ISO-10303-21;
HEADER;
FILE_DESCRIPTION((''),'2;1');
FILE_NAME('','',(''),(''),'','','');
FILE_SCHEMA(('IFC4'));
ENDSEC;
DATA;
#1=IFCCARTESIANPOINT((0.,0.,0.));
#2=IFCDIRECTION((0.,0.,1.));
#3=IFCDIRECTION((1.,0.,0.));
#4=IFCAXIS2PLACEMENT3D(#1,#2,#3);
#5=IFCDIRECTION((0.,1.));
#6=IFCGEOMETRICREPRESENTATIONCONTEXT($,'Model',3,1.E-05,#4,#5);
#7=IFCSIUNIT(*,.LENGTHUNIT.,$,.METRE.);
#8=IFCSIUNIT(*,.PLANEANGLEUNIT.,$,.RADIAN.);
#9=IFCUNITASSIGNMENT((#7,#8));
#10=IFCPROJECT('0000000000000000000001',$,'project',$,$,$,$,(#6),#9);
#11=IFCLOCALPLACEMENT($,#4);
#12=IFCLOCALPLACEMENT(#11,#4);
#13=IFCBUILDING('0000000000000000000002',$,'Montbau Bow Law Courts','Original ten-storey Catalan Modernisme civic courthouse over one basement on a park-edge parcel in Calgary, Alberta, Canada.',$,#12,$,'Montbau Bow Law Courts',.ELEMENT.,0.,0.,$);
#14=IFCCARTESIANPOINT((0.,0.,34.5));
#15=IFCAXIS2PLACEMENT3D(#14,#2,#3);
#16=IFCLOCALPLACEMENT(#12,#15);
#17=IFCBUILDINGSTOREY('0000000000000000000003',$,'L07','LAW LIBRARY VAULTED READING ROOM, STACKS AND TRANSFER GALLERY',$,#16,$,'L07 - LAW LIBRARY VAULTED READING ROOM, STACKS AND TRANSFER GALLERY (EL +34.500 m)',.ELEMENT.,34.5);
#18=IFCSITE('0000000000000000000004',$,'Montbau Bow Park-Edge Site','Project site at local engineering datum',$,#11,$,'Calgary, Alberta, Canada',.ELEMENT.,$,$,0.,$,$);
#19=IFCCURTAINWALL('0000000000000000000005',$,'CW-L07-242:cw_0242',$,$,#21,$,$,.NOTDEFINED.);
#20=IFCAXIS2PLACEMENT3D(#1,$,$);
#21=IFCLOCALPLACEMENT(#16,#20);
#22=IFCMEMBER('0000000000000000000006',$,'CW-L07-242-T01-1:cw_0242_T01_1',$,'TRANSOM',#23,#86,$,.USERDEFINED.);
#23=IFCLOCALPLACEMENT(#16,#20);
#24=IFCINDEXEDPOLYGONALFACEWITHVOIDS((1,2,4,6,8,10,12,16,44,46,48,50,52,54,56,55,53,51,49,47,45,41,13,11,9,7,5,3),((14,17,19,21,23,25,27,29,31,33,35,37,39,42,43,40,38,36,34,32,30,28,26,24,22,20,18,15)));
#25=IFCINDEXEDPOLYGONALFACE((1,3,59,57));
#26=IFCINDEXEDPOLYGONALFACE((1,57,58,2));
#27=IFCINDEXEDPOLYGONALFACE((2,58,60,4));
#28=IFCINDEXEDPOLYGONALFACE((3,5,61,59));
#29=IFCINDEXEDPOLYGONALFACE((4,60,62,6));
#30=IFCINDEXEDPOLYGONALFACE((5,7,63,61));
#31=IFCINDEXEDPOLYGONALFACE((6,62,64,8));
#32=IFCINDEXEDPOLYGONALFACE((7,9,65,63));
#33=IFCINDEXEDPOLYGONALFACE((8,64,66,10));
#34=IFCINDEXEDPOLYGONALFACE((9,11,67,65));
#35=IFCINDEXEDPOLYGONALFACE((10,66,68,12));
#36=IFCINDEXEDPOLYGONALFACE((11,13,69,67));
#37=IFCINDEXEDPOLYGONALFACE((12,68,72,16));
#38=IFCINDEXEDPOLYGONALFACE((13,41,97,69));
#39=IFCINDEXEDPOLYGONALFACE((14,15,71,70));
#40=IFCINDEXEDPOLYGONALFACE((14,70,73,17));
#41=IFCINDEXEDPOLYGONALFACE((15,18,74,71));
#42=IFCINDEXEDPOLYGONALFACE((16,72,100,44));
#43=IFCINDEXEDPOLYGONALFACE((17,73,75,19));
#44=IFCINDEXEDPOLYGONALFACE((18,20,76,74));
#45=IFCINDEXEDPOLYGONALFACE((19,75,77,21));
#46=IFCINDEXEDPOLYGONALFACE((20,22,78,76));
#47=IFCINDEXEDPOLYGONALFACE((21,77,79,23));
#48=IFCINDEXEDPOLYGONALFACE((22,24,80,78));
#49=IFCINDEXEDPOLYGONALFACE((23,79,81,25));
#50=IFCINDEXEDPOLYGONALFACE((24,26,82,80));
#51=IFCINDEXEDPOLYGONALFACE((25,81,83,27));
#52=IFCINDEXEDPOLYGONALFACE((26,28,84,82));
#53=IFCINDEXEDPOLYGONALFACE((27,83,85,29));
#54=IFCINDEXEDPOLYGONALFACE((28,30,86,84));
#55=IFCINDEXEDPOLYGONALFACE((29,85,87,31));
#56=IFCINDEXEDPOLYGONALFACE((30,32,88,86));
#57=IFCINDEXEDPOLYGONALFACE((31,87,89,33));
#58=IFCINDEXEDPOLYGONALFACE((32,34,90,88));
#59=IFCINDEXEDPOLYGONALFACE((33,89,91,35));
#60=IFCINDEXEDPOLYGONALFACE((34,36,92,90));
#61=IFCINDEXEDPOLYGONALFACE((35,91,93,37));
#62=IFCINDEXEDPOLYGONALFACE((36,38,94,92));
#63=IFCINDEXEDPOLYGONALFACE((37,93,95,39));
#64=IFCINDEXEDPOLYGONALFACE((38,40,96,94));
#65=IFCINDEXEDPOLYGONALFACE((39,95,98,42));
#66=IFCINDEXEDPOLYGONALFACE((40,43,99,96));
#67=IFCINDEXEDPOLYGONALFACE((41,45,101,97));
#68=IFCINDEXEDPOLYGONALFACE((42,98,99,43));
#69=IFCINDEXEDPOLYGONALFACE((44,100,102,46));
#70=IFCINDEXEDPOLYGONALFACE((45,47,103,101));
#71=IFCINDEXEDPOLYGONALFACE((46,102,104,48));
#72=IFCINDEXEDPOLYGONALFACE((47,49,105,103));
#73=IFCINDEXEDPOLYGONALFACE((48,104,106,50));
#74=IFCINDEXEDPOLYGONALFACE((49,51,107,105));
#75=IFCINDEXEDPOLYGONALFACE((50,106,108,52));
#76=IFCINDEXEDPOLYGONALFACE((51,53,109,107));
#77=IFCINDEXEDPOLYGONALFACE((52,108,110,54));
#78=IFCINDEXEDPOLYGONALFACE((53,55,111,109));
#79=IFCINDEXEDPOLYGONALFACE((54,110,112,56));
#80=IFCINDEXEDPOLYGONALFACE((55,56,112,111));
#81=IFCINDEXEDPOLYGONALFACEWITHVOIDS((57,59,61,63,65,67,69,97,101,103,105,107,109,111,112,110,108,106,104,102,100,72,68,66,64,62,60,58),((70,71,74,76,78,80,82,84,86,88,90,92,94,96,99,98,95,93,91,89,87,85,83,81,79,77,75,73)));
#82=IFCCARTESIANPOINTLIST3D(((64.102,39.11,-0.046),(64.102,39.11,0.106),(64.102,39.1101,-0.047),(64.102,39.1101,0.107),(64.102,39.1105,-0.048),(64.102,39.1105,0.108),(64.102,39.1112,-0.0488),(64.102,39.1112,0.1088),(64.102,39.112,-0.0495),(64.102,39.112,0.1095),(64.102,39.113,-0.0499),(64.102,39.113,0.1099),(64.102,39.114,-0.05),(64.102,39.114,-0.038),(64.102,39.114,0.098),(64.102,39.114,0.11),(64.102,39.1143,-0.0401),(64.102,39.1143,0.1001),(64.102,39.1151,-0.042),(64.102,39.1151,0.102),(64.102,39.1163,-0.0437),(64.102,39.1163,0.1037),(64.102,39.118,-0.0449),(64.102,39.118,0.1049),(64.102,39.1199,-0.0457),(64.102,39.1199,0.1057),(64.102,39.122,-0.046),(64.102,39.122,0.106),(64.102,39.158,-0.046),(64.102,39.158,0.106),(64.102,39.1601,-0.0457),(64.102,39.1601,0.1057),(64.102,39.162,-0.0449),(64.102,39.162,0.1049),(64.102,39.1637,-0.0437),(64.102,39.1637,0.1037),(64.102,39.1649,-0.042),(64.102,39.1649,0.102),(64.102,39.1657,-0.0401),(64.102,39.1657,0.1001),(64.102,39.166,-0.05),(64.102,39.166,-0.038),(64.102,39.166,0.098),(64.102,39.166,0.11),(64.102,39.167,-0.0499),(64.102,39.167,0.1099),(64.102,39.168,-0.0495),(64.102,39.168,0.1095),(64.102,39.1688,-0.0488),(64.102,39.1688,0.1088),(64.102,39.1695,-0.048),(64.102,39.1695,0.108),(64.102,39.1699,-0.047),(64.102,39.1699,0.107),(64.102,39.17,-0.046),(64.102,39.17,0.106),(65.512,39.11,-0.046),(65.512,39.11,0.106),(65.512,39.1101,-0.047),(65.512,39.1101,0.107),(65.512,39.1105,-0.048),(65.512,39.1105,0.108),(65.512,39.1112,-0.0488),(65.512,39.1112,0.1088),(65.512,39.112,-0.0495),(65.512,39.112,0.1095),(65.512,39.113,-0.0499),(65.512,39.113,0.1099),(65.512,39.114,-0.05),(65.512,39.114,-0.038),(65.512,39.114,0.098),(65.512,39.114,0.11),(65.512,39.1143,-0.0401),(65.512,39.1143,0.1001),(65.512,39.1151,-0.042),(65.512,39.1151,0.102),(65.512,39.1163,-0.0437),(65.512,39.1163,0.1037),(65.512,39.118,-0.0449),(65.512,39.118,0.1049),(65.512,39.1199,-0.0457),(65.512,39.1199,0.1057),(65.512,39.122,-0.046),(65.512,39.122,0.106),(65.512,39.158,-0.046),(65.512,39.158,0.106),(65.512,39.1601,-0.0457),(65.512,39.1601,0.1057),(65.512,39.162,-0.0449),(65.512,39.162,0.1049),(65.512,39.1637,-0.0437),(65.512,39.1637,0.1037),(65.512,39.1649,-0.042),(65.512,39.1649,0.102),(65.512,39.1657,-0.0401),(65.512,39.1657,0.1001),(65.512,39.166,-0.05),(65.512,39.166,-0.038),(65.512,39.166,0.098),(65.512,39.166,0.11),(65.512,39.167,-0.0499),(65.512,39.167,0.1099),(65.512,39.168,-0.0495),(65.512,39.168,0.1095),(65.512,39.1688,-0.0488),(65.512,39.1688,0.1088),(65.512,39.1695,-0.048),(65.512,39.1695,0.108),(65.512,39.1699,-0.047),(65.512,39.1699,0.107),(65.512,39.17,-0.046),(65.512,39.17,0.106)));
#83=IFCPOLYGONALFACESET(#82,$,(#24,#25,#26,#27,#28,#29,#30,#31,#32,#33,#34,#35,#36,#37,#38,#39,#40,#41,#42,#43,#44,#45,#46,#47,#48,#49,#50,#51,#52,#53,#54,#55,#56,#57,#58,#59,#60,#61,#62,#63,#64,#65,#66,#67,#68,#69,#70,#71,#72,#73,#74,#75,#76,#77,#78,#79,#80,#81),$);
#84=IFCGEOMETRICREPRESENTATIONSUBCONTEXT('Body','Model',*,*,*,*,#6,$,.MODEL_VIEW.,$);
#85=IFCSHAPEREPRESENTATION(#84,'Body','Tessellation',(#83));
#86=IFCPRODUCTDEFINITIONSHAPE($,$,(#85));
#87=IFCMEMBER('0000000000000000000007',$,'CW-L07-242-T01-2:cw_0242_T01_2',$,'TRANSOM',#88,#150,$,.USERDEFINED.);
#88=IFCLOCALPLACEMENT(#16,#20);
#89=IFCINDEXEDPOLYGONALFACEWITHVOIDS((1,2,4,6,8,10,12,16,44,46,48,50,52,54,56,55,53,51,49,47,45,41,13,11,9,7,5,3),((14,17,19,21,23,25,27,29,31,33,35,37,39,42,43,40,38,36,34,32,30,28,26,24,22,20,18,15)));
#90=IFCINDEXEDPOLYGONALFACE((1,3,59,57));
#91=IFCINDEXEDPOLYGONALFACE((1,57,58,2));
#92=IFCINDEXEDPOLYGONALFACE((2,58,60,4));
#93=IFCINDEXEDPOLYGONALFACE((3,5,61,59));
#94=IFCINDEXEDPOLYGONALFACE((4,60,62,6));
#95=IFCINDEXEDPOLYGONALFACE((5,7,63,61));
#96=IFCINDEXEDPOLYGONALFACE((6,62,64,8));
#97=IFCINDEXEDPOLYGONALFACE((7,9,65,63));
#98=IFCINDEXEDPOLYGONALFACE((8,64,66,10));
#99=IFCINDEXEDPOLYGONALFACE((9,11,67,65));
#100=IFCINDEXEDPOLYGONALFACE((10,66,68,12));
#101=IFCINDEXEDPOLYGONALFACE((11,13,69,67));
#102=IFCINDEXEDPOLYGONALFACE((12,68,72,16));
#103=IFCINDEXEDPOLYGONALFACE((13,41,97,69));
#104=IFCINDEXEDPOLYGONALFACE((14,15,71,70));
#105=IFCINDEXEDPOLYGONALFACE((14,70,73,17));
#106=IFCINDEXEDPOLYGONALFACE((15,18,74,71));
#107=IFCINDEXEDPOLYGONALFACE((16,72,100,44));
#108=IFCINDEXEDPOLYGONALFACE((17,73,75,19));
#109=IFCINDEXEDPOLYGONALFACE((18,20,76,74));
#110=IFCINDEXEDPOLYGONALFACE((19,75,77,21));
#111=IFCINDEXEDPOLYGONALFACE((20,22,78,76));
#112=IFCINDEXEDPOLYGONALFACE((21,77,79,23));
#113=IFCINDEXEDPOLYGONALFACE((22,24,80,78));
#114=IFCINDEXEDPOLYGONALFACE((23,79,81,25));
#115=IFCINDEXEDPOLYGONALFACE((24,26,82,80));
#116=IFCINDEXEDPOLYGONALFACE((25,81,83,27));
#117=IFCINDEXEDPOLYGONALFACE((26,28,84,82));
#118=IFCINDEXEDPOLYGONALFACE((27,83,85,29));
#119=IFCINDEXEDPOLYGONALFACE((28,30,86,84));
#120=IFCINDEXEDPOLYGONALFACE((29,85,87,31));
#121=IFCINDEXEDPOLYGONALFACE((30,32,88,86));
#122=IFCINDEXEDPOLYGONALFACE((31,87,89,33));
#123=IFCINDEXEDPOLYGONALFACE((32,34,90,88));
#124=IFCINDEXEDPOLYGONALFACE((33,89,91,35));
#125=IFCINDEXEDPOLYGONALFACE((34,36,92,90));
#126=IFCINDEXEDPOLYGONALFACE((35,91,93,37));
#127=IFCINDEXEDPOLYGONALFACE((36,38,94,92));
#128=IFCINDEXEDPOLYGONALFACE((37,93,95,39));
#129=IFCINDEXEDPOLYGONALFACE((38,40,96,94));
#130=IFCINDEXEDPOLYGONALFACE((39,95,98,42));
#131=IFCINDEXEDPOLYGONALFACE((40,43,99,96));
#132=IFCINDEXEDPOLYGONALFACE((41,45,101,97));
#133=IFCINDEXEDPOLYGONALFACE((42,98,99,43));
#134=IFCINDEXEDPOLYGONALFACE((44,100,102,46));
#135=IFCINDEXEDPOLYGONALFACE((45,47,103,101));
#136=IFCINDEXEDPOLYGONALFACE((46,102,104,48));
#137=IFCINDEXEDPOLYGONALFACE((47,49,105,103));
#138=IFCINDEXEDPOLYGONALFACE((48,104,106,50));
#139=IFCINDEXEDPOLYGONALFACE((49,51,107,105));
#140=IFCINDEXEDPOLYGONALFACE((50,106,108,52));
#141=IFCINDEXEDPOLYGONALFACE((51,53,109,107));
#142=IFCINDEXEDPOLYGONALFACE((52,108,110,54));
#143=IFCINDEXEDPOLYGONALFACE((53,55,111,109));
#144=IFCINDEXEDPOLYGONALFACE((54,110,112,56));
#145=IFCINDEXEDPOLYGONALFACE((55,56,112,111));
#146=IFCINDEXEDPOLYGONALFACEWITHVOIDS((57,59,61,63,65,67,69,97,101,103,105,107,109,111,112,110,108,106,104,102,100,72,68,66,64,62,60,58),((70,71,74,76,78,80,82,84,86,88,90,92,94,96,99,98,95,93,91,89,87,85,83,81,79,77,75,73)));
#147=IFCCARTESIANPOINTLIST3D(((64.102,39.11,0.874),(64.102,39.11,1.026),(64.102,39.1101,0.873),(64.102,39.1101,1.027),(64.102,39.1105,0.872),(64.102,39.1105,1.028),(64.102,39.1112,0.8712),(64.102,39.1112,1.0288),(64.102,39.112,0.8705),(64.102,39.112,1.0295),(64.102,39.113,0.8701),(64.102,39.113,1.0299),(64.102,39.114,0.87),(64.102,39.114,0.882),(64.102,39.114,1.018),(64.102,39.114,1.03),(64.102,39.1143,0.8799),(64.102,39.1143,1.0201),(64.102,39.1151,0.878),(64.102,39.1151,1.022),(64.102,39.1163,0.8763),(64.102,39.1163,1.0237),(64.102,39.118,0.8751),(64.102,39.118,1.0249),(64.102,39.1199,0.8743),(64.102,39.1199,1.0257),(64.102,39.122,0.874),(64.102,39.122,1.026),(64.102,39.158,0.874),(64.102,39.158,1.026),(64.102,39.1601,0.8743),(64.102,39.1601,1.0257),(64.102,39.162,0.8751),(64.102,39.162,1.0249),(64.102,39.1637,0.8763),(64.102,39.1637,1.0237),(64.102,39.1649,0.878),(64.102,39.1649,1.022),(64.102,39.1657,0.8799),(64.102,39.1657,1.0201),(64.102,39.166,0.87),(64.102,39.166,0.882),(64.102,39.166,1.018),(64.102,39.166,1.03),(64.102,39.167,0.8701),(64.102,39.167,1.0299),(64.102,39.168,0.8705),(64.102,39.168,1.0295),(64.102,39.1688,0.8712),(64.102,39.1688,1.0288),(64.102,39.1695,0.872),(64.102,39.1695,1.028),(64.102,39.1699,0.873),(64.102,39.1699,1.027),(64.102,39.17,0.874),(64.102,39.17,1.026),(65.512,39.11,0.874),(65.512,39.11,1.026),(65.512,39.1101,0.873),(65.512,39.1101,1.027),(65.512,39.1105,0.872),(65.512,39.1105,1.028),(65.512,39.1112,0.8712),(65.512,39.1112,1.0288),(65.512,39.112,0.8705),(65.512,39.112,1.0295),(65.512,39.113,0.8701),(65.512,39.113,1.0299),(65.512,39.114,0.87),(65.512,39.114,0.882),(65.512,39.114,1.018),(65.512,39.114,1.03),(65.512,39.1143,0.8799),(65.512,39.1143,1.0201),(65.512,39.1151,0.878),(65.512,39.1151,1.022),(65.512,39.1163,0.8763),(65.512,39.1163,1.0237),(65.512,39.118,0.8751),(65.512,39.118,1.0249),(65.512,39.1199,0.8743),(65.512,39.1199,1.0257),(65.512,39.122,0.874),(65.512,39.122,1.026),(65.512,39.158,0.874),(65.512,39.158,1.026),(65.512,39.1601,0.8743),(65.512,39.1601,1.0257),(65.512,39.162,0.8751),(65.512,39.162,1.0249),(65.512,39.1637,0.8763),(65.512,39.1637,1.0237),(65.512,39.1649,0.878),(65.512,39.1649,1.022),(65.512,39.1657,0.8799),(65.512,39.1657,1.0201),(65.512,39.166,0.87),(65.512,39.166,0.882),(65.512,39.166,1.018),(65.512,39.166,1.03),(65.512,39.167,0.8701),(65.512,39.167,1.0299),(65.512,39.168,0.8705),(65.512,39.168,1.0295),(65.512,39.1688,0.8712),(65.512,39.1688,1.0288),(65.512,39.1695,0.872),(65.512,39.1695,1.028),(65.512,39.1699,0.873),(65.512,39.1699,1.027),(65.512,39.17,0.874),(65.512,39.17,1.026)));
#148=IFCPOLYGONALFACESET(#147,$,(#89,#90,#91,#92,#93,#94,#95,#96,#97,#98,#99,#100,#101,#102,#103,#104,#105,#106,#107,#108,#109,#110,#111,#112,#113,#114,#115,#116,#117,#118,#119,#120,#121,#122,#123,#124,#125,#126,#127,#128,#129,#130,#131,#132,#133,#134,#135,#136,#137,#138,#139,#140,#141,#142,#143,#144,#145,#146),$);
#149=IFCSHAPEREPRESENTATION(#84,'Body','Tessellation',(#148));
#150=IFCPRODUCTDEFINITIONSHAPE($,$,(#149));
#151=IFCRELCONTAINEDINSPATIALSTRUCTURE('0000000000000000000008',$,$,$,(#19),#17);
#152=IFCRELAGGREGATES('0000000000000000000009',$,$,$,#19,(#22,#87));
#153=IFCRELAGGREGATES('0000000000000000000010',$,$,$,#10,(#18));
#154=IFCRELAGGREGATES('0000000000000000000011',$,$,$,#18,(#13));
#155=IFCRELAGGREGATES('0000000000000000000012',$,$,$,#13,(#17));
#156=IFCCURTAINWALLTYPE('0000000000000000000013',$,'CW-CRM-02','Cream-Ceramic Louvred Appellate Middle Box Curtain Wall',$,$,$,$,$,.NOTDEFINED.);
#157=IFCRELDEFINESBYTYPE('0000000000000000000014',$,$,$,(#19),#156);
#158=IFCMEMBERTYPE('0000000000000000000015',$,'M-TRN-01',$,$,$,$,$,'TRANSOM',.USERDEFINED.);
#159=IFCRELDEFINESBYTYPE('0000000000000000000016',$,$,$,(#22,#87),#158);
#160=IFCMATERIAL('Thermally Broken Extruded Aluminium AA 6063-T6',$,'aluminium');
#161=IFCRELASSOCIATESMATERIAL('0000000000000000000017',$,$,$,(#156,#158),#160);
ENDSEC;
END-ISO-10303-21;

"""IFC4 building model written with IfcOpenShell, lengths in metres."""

from ifc_helpers import new_model, si_unit, direction, frame, origin_with_axes, origin_2d_with_axis, place, context, subcontext, project, spatial, hollow_rectangle, extrude, material, material_profile, profile_set, type_object, element, aggregate, save


model = new_model("IFC4")

# Units and contexts
model_context = context("Model", 3, precision=1e-05, world=origin_with_axes(), true_north=direction((0.0, 1.0)))
body_context = subcontext(model_context, "Body", "Model", "MODEL_VIEW")
ifc_project = project(units=[si_unit("LENGTHUNIT", "METRE"), si_unit("PLANEANGLEUNIT", "RADIAN")], contexts=[model_context])

# Site, building, storey
site_placement = place(None, origin_with_axes())
site = spatial("IfcSite", under=ifc_project, at=site_placement, Name="Montbau Bow Park-Edge Site", Description="Project site at local engineering datum", LongName="Calgary, Alberta, Canada", CompositionType="ELEMENT", RefElevation=0.0)
building_placement = place(site_placement, origin_with_axes())
building = spatial("IfcBuilding", under=site, at=building_placement, Name="Montbau Bow Law Courts", Description="Original ten-storey Catalan Modernisme civic courthouse over one basement on a park-edge parcel in Calgary, Alberta, Canada.", LongName="Montbau Bow Law Courts", CompositionType="ELEMENT", ElevationOfRefHeight=0.0, ElevationOfTerrain=0.0)
storey_placement = place(building_placement, frame((0.0, 0.0, 34.5), z_axis=(0.0, 0.0, 1.0), x_axis=(1.0, 0.0, 0.0)))
storey = spatial("IfcBuildingStorey", under=building, at=storey_placement, Name="L07", Description="LAW LIBRARY VAULTED READING ROOM, STACKS AND TRANSFER GALLERY", LongName="L07 - LAW LIBRARY VAULTED READING ROOM, STACKS AND TRANSFER GALLERY (EL +34.500 m)", CompositionType="ELEMENT", Elevation=34.5)

# Shared definitions
ifc_material_1 = material(Name="Thermally Broken Extruded Aluminium AA 6063-T6", Category="aluminium")
curtain_wall_type = type_object("IfcCurtainWallType", Name="CW-CRM-02", Description="Cream-Ceramic Louvred Appellate Middle Box Curtain Wall", PredefinedType="NOTDEFINED", material=ifc_material_1)

# Curtain wall, members
curtain_wall_1_placement = place(None, frame((64.04, 39.14, 34.5), z_axis=(0.0, 0.0, 1.0), x_axis=(1.0, 0.0, 0.0)))
curtain_wall_1 = element("IfcCurtainWall", 1, at=curtain_wall_1_placement, inside=storey, type_object=curtain_wall_type, Name="CW-L07-242:cw_0242", PredefinedType="NOTDEFINED")
ifc_material_profile_1 = material_profile(ifc_material_1, hollow_rectangle(XDim=0.06, YDim=0.16, WallThickness=0.004, InnerFilletRadius=0.008, OuterFilletRadius=0.004, at=origin_2d_with_axis()), Name="CWT-160X60", Category="Main", Priority=0)
ifc_profile_set_1 = profile_set([ifc_material_profile_1], Name="Thermally Broken Extruded Aluminium AA 6063-T6")
member_type_1 = type_object("IfcMemberType", Name="M-TRN-01", ElementType="TRANSOM", PredefinedType="USERDEFINED", material=ifc_profile_set_1)
member_1_placement = place(None, frame((64.102, 39.14, 34.53), z_axis=(1.0, 0.0, 0.0), x_axis=(0.0, 1.0, 0.0)))
member_1 = element("IfcMember", 2, at=member_1_placement, type_object=member_type_1, Name="CW-L07-242-T01-1:cw_0242_T01_1", ObjectType="TRANSOM", PredefinedType="USERDEFINED", context=body_context, shape_type="SweptSolid", body=[
    extrude(hollow_rectangle(XDim=0.06, YDim=0.16, WallThickness=0.004, InnerFilletRadius=0.008, OuterFilletRadius=0.004, at=origin_2d_with_axis()), origin_with_axes(), (0.0, 0.0, 1.0), 1.41),
])
member_2_placement = place(None, frame((64.102, 39.14, 35.45), z_axis=(1.0, 0.0, 0.0), x_axis=(0.0, 1.0, 0.0)))
member_2 = element("IfcMember", 3, at=member_2_placement, type_object=member_type_1, Name="CW-L07-242-T01-2:cw_0242_T01_2", ObjectType="TRANSOM", PredefinedType="USERDEFINED", context=body_context, shape_type="SweptSolid", body=[
    extrude(hollow_rectangle(XDim=0.06, YDim=0.16, WallThickness=0.004, InnerFilletRadius=0.008, OuterFilletRadius=0.004, at=origin_2d_with_axis()), origin_with_axes(), (0.0, 0.0, 1.0), 1.41),
])

aggregate(curtain_wall_1, [member_1, member_2])

save(model, "model.ifc")
